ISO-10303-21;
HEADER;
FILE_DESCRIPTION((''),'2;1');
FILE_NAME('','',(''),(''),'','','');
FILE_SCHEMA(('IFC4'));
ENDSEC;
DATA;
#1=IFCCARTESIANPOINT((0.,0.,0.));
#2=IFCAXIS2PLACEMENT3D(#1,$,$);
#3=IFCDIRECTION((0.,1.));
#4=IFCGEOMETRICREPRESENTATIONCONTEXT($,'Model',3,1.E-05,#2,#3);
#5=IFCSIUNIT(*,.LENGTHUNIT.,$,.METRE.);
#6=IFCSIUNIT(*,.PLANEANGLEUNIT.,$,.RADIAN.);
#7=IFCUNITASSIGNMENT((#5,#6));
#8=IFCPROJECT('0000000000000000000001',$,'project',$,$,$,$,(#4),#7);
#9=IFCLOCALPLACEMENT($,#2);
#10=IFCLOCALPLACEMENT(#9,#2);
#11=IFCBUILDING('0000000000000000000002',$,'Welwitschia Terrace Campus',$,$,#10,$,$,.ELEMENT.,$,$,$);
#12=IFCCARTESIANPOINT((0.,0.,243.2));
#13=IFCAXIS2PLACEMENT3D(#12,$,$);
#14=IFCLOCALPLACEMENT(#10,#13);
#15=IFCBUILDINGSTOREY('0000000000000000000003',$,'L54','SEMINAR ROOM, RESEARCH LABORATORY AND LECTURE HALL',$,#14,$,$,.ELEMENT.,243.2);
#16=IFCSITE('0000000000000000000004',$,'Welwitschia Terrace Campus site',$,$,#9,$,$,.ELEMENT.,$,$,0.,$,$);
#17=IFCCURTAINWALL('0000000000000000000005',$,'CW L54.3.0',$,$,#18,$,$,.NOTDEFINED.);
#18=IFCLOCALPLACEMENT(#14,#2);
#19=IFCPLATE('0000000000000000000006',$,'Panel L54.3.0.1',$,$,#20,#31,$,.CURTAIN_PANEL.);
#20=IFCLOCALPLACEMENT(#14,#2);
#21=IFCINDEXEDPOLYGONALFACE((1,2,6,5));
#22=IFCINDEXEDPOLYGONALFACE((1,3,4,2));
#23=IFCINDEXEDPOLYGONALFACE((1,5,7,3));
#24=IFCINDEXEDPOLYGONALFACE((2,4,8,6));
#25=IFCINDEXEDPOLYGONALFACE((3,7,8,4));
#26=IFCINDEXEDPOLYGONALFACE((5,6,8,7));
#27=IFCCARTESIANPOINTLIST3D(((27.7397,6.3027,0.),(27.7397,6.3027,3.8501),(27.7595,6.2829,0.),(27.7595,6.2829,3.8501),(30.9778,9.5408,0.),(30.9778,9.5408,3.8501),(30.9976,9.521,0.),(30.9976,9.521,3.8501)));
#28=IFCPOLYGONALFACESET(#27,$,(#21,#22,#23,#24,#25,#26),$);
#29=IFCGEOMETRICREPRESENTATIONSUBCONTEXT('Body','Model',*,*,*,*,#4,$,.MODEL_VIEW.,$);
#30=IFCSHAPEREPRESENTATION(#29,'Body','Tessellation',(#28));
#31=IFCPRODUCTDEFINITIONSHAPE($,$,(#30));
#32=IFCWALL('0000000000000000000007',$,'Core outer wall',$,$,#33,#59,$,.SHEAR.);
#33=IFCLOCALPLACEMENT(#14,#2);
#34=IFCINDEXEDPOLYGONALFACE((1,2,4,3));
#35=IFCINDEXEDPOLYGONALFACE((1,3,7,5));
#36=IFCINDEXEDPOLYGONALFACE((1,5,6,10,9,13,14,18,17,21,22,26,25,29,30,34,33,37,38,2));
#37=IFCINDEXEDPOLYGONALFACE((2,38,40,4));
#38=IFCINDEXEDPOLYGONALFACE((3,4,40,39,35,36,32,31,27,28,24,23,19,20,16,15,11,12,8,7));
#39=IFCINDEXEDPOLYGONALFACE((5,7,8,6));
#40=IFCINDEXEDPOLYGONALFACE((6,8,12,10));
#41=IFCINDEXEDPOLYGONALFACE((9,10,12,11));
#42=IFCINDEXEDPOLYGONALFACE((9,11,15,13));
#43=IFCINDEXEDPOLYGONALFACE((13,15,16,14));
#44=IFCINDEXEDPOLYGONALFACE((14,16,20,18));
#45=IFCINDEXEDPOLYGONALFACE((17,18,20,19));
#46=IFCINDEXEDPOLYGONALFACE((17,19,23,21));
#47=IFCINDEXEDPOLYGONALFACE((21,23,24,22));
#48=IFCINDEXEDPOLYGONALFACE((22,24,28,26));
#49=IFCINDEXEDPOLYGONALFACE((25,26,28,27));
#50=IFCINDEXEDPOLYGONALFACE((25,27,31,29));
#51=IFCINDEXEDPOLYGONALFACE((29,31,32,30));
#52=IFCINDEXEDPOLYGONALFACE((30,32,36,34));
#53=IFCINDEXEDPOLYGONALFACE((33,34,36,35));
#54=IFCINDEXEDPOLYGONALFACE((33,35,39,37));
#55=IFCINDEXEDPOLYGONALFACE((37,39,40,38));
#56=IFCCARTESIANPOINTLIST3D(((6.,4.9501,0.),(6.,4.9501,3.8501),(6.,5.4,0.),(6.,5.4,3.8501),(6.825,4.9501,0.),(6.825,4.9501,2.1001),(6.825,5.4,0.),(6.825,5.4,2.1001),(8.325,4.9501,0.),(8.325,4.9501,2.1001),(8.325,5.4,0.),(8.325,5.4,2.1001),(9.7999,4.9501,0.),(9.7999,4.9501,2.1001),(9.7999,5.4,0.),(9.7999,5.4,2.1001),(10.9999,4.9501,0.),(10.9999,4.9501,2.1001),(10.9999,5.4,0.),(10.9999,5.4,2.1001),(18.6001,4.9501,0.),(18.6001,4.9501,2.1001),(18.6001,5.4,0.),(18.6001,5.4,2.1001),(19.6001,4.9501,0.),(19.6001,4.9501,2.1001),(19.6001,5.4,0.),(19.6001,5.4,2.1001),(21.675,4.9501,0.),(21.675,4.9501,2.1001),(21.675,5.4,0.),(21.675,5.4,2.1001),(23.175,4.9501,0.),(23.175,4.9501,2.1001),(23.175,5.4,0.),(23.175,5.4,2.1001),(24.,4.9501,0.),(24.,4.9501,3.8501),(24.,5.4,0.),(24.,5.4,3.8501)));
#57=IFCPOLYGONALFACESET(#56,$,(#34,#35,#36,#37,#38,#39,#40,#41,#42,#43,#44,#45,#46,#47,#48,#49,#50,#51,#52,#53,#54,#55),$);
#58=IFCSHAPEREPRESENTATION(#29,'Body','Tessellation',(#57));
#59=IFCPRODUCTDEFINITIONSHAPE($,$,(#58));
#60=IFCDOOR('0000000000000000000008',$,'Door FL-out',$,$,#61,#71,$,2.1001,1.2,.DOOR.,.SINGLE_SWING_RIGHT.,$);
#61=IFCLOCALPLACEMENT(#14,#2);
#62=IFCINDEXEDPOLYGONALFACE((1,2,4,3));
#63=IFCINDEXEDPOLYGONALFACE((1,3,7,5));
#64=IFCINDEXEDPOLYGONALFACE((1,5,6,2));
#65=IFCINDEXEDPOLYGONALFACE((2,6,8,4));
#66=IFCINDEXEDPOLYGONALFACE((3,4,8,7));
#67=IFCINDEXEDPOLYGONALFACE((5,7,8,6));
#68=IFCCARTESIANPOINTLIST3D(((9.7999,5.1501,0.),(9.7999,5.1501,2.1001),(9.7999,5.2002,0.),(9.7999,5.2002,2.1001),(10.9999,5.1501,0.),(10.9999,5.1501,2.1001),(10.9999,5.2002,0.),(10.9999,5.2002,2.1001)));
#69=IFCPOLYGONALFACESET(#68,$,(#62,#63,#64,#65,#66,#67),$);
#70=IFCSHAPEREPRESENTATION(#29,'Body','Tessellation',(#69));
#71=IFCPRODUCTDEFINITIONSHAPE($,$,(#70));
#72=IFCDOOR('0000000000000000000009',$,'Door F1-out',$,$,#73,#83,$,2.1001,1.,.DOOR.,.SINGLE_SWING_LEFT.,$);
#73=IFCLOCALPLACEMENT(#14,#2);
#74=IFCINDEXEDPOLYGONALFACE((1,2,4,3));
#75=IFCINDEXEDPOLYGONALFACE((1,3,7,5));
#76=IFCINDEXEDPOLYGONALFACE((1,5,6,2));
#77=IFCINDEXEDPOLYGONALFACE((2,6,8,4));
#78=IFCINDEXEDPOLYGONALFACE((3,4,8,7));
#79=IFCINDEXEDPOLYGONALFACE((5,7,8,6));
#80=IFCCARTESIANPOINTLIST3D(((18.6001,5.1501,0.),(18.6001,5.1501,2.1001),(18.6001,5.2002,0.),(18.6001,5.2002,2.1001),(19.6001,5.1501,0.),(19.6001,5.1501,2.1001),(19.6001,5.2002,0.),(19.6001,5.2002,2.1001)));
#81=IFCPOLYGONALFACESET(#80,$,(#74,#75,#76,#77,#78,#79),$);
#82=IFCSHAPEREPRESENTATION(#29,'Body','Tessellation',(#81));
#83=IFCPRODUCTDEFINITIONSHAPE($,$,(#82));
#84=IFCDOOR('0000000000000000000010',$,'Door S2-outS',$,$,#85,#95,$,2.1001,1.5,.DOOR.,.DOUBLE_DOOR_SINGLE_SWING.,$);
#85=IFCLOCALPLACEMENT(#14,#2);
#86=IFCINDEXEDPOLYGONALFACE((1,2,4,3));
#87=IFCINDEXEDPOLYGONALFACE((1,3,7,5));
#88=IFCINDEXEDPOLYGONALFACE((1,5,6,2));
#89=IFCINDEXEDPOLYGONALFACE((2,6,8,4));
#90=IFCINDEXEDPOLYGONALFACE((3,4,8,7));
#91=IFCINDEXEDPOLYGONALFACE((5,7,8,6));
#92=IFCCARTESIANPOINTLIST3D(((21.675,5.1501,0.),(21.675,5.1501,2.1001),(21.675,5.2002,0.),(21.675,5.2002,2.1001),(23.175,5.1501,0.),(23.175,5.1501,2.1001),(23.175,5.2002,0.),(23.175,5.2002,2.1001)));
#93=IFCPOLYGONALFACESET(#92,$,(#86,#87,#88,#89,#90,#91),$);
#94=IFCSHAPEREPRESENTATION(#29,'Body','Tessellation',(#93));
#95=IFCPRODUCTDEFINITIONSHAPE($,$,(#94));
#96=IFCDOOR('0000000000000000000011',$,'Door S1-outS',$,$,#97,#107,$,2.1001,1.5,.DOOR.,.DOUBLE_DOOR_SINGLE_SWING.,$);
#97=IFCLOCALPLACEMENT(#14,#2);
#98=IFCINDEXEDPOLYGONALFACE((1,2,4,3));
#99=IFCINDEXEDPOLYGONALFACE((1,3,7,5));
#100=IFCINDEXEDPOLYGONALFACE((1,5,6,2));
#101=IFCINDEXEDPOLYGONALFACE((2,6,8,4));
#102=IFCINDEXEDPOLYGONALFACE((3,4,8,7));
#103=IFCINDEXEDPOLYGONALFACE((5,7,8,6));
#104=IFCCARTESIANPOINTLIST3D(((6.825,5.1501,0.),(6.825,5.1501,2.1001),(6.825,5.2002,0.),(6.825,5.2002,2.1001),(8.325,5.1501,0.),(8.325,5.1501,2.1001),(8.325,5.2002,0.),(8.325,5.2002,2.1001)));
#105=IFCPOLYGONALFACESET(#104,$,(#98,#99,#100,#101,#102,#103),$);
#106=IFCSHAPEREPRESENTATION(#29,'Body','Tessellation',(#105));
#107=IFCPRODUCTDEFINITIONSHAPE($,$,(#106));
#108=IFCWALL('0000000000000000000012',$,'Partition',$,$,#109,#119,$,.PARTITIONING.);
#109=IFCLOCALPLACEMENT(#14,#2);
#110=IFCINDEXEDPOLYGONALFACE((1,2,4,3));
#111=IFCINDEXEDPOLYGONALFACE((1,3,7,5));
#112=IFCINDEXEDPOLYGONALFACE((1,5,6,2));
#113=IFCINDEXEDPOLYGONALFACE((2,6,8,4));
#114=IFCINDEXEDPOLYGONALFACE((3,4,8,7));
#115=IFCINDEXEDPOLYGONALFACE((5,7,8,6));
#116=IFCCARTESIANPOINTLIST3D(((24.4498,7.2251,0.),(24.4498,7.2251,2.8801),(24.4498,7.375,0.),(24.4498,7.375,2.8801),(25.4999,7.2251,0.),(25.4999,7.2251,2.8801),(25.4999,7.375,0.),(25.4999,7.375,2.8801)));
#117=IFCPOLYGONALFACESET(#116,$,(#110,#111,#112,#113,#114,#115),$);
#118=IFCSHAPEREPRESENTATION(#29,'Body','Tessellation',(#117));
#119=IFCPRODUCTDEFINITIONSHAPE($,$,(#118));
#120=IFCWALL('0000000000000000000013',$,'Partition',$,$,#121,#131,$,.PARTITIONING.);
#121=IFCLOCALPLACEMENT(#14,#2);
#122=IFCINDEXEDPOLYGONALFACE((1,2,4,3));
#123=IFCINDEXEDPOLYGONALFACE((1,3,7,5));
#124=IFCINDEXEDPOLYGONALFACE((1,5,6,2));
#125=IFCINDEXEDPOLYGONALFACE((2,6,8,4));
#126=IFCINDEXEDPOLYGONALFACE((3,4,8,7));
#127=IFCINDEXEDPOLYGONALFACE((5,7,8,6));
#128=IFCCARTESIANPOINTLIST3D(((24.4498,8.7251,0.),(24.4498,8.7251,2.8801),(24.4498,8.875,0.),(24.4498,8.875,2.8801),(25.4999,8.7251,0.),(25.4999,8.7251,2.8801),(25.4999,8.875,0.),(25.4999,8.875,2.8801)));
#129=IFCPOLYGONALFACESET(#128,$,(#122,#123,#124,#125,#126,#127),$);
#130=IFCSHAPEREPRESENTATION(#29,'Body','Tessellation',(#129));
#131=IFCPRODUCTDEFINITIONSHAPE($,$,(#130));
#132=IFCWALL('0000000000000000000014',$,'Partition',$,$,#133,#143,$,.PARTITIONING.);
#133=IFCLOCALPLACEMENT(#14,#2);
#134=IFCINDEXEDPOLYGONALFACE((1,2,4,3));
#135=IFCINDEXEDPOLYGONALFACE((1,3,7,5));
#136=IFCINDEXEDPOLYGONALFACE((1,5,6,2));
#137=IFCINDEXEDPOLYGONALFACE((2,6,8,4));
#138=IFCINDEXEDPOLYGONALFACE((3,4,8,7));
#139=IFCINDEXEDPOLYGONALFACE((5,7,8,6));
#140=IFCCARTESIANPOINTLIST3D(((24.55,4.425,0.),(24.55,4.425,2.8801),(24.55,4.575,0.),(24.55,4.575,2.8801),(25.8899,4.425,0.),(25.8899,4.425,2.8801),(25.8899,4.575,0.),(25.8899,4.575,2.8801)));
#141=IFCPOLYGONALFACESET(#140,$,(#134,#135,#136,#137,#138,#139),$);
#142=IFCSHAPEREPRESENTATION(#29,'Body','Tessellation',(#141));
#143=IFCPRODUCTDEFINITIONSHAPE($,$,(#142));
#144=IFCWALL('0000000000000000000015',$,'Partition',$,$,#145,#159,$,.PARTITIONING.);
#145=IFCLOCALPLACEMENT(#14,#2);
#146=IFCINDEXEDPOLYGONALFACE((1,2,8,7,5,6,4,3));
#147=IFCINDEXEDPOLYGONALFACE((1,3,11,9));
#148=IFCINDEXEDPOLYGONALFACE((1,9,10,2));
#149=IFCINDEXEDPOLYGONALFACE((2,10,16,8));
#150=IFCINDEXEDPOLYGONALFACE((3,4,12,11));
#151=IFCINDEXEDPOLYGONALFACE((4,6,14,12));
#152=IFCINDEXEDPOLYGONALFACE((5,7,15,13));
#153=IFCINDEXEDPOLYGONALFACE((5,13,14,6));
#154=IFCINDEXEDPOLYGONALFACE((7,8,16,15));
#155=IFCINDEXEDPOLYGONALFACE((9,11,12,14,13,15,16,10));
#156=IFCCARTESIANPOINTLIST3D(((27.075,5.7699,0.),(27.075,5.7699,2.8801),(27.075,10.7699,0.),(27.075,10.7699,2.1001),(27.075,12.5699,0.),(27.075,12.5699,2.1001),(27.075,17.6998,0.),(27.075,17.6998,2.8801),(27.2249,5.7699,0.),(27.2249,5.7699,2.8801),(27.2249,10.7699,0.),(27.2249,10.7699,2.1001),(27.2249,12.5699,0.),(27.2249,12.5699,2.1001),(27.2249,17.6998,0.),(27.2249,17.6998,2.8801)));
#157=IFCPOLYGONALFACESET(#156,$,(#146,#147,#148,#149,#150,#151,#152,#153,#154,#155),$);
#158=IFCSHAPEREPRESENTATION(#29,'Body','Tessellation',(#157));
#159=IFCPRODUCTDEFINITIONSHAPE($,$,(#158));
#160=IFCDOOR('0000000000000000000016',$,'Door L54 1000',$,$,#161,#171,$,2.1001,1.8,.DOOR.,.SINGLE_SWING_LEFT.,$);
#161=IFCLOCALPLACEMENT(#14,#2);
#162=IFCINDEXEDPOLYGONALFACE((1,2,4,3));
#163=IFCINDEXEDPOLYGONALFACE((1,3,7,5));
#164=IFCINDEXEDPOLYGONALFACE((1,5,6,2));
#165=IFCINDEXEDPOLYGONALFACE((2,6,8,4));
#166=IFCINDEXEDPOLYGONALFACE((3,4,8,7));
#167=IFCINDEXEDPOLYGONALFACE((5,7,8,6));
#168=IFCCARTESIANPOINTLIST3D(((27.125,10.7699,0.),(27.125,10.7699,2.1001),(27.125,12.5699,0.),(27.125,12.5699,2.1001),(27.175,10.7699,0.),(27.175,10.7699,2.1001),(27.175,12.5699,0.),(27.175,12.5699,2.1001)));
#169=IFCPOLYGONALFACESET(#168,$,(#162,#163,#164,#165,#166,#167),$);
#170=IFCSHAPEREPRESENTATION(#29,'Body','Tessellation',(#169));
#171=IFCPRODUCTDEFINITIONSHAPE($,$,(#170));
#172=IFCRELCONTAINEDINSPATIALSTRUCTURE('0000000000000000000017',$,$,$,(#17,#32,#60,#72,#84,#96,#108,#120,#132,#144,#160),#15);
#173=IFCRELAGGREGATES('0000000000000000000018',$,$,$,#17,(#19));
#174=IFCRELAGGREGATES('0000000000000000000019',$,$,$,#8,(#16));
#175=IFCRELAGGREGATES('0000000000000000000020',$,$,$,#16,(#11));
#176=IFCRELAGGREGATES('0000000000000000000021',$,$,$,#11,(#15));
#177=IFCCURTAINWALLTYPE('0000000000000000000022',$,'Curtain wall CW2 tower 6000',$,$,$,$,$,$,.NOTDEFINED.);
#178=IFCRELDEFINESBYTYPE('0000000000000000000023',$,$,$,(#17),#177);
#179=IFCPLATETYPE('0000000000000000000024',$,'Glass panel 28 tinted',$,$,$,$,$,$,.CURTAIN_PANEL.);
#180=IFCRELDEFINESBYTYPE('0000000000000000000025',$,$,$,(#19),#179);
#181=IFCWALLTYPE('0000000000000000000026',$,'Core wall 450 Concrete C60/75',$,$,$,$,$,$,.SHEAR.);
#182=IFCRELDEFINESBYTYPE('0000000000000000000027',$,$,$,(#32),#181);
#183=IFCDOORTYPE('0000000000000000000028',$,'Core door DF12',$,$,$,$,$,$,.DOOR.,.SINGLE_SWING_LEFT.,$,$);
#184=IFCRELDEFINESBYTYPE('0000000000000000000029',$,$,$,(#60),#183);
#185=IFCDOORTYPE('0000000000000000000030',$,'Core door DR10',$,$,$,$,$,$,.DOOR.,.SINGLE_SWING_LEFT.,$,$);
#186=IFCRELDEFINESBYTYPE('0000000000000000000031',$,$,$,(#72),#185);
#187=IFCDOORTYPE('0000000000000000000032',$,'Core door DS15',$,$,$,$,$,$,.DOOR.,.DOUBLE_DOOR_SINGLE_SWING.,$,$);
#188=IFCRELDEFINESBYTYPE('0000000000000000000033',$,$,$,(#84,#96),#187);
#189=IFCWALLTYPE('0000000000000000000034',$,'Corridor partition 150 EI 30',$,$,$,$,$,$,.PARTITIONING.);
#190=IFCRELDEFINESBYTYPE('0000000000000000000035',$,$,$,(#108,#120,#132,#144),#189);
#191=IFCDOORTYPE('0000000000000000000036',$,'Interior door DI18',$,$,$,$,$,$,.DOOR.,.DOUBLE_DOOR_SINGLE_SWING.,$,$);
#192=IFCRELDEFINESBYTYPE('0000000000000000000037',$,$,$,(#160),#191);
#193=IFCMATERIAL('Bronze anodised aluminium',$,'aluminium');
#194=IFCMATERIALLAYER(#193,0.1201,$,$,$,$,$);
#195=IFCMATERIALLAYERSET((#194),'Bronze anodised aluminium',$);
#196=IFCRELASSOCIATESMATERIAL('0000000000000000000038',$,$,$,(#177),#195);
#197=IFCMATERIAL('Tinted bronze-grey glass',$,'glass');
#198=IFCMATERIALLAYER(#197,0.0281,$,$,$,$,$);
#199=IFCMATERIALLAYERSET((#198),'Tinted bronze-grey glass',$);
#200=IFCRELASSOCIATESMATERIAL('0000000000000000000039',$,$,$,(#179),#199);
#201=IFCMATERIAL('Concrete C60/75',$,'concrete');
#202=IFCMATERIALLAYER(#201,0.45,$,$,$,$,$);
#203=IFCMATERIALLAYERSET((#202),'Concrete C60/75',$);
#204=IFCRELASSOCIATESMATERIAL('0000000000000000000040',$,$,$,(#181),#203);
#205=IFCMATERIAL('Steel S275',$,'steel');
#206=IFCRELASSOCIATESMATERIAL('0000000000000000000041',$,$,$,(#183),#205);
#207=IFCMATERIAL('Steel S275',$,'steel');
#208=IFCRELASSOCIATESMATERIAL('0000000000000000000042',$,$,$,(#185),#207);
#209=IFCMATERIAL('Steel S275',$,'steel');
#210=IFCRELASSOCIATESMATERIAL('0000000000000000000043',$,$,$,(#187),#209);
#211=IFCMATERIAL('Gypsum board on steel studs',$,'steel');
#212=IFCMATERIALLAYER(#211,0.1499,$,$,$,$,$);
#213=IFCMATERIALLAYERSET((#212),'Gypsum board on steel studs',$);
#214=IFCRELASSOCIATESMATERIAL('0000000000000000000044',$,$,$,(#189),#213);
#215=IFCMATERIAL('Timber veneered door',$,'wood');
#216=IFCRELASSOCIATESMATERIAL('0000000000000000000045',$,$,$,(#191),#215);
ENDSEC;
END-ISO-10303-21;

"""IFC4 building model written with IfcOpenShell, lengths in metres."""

from ifc_helpers import new_model, si_unit, direction, frame, frame_2d, origin, origin_2d, place, context, subcontext, project, spatial, rectangle, extrude, material, layer, layer_set, type_object, element, fill, aggregate, save


model = new_model("IFC4")

# Units and contexts
model_context = context("Model", 3, precision=1e-05, world=origin(), true_north=direction((0.0, 1.0)))
body_context = subcontext(model_context, "Body", "Model", "MODEL_VIEW")
ifc_project = project(units=[si_unit("LENGTHUNIT", "METRE"), si_unit("PLANEANGLEUNIT", "RADIAN")], contexts=[model_context])

# Site, building, storey
site_placement = place(None, origin())
site = spatial("IfcSite", under=ifc_project, at=site_placement, Name="Welwitschia Terrace Campus site", CompositionType="ELEMENT", RefElevation=0.0)
building_placement = place(site_placement, origin())
building = spatial("IfcBuilding", under=site, at=building_placement, Name="Welwitschia Terrace Campus", CompositionType="ELEMENT")
storey_placement = place(building_placement, frame((0.0, 0.0, 243.2)))
storey = spatial("IfcBuildingStorey", under=building, at=storey_placement, Name="L54", Description="SEMINAR ROOM, RESEARCH LABORATORY AND LECTURE HALL", CompositionType="ELEMENT", Elevation=243.2)

# Curtain wall
ifc_material_1 = material(Name="Bronze anodised aluminium", Category="aluminium")
ifc_layer_1 = layer(ifc_material_1, 0.1201)
ifc_layer_set_1 = layer_set([ifc_layer_1], Name="Bronze anodised aluminium")
curtain_wall_type = type_object("IfcCurtainWallType", Name="Curtain wall CW2 tower 6000", PredefinedType="NOTDEFINED", material=ifc_layer_set_1)
curtain_wall_placement = place(storey_placement, origin())
curtain_wall = element("IfcCurtainWall", 1, at=curtain_wall_placement, inside=storey, type_object=curtain_wall_type, Name="CW L54.3.0", PredefinedType="NOTDEFINED")

# Plate
ifc_material_2 = material(Name="Tinted bronze-grey glass", Category="glass")
ifc_layer_2 = layer(ifc_material_2, 0.0281)
ifc_layer_set_2 = layer_set([ifc_layer_2], Name="Tinted bronze-grey glass")
plate_type = type_object("IfcPlateType", Name="Glass panel 28 tinted", PredefinedType="CURTAIN_PANEL", material=ifc_layer_set_2)
plate_1_placement = place(storey_placement, frame((29.3687, 7.9119, 0.0), z_axis=(0.0, 0.0, 1.0), x_axis=(0.707107, 0.707107, 0.0)))
plate_1 = element("IfcPlate", 2, at=plate_1_placement, type_object=plate_type, Name="Panel L54.3.0.1", PredefinedType="CURTAIN_PANEL", context=body_context, shape_type="SweptSolid", body=[
    extrude(rectangle(XDim=4.5793, YDim=0.0281, at=origin_2d()), origin(), (0.0, 0.0, 1.0), 3.8501),
])
aggregate(curtain_wall, [plate_1])

# Wall, openings, doors
ifc_material_3 = material(Name="Concrete C60/75", Category="concrete")
ifc_layer_3 = layer(ifc_material_3, 0.45)
ifc_layer_set_3 = layer_set([ifc_layer_3], Name="Concrete C60/75")
wall_type_1 = type_object("IfcWallType", Name="Core wall 450 Concrete C60/75", PredefinedType="SHEAR", material=ifc_layer_set_3)
wall_1_placement = place(storey_placement, frame((24.0, 5.175, 0.0), z_axis=(0.0, 0.0, 1.0), x_axis=(-1.0, 0.0, 0.0)))
wall_1 = element("IfcWall", 3, at=wall_1_placement, inside=storey, type_object=wall_type_1, Name="Core outer wall", PredefinedType="SHEAR", context=body_context, shape_type="SweptSolid", body=[
    extrude(rectangle(XDim=18.0, YDim=0.45, at=frame_2d((9.0, 0.0))), origin(), (0.0, 0.0, 1.0), 3.8501),
])
opening_1_placement = place(wall_1_placement, frame((0.825, 0.0, 0.0)))
opening_1 = element("IfcOpeningElement", 4, at=opening_1_placement, cuts=wall_1, PredefinedType="OPENING", context=body_context, shape_type="SweptSolid", body=[
    extrude(rectangle(XDim=1.5, YDim=2.1001, at=frame_2d((0.75, 1.05))), frame((0.0, 0.2349, 0.0), z_axis=(0.0, -1.0, 0.0), x_axis=(1.0, 0.0, 0.0)), (0.0, 0.0, 1.0), 0.47),
])
opening_2_placement = place(wall_1_placement, frame((15.675, 0.0, 0.0)))
opening_2 = element("IfcOpeningElement", 5, at=opening_2_placement, cuts=wall_1, PredefinedType="OPENING", context=body_context, shape_type="SweptSolid", body=[
    extrude(rectangle(XDim=1.5, YDim=2.1001, at=frame_2d((0.75, 1.05))), frame((0.0, 0.2349, 0.0), z_axis=(0.0, -1.0, 0.0), x_axis=(1.0, 0.0, 0.0)), (0.0, 0.0, 1.0), 0.47),
])
opening_3_placement = place(wall_1_placement, frame((13.0, 0.0, 0.0)))
opening_3 = element("IfcOpeningElement", 6, at=opening_3_placement, cuts=wall_1, PredefinedType="OPENING", context=body_context, shape_type="SweptSolid", body=[
    extrude(rectangle(XDim=1.2, YDim=2.1001, at=frame_2d((0.6001, 1.05))), frame((0.0, 0.2349, 0.0), z_axis=(0.0, -1.0, 0.0), x_axis=(1.0, 0.0, 0.0)), (0.0, 0.0, 1.0), 0.47),
])
opening_4_placement = place(wall_1_placement, frame((4.3999, 0.0, 0.0)))
opening_4 = element("IfcOpeningElement", 7, at=opening_4_placement, cuts=wall_1, PredefinedType="OPENING", context=body_context, shape_type="SweptSolid", body=[
    extrude(rectangle(XDim=1.0, YDim=2.1001, at=frame_2d((0.5, 1.05))), frame((0.0, 0.2349, 0.0), z_axis=(0.0, -1.0, 0.0), x_axis=(1.0, 0.0, 0.0)), (0.0, 0.0, 1.0), 0.47),
])
ifc_material_4 = material(Name="Steel S275", Category="steel")
door_type_1 = type_object("IfcDoorType", Name="Core door DF12", OperationType="SINGLE_SWING_LEFT", PredefinedType="DOOR", material=ifc_material_4)
door_1_placement = place(opening_3_placement, origin())
door_1 = element("IfcDoor", 8, at=door_1_placement, inside=storey, type_object=door_type_1, Name="Door FL-out", OperationType="SINGLE_SWING_RIGHT", OverallHeight=2.1001, OverallWidth=1.2, PredefinedType="DOOR", context=body_context, shape_type="SweptSolid", body=[
    extrude(rectangle(XDim=1.2, YDim=2.1001, at=frame_2d((0.6001, 1.05))), frame((0.0, 0.0249, 0.0), z_axis=(0.0, -1.0, 0.0), x_axis=(1.0, 0.0, 0.0)), (0.0, 0.0, 1.0), 0.05),
])
fill(opening_3, door_1)
ifc_material_5 = material(Name="Steel S275", Category="steel")
door_type_2 = type_object("IfcDoorType", Name="Core door DR10", OperationType="SINGLE_SWING_LEFT", PredefinedType="DOOR", material=ifc_material_5)
door_2_placement = place(opening_4_placement, origin())
door_2 = element("IfcDoor", 9, at=door_2_placement, inside=storey, type_object=door_type_2, Name="Door F1-out", OperationType="SINGLE_SWING_LEFT", OverallHeight=2.1001, OverallWidth=1.0, PredefinedType="DOOR", context=body_context, shape_type="SweptSolid", body=[
    extrude(rectangle(XDim=1.0, YDim=2.1001, at=frame_2d((0.5, 1.05))), frame((0.0, 0.0249, 0.0), z_axis=(0.0, -1.0, 0.0), x_axis=(1.0, 0.0, 0.0)), (0.0, 0.0, 1.0), 0.05),
])
fill(opening_4, door_2)
ifc_material_6 = material(Name="Steel S275", Category="steel")
door_type_3 = type_object("IfcDoorType", Name="Core door DS15", OperationType="DOUBLE_DOOR_SINGLE_SWING", PredefinedType="DOOR", material=ifc_material_6)
door_3_placement = place(opening_1_placement, origin())
door_3 = element("IfcDoor", 10, at=door_3_placement, inside=storey, type_object=door_type_3, Name="Door S2-outS", OperationType="DOUBLE_DOOR_SINGLE_SWING", OverallHeight=2.1001, OverallWidth=1.5, PredefinedType="DOOR", context=body_context, shape_type="SweptSolid", body=[
    extrude(rectangle(XDim=1.5, YDim=2.1001, at=frame_2d((0.75, 1.05))), frame((0.0, 0.0249, 0.0), z_axis=(0.0, -1.0, 0.0), x_axis=(1.0, 0.0, 0.0)), (0.0, 0.0, 1.0), 0.05),
])
fill(opening_1, door_3)
door_4_placement = place(opening_2_placement, origin())
door_4 = element("IfcDoor", 11, at=door_4_placement, inside=storey, type_object=door_type_3, Name="Door S1-outS", OperationType="DOUBLE_DOOR_SINGLE_SWING", OverallHeight=2.1001, OverallWidth=1.5, PredefinedType="DOOR", context=body_context, shape_type="SweptSolid", body=[
    extrude(rectangle(XDim=1.5, YDim=2.1001, at=frame_2d((0.75, 1.05))), frame((0.0, 0.0249, 0.0), z_axis=(0.0, -1.0, 0.0), x_axis=(1.0, 0.0, 0.0)), (0.0, 0.0, 1.0), 0.05),
])
fill(opening_2, door_4)

# Walls
ifc_material_7 = material(Name="Gypsum board on steel studs", Category="steel")
ifc_layer_4 = layer(ifc_material_7, 0.1499)
ifc_layer_set_4 = layer_set([ifc_layer_4], Name="Gypsum board on steel studs")
wall_type_2 = type_object("IfcWallType", Name="Corridor partition 150 EI 30", PredefinedType="PARTITIONING", material=ifc_layer_set_4)
for number, where, z_axis, x_axis, name in (
    (12, (24.45, 7.3, 0.0), (0.0, 0.0, 1.0), (1.0, 0.0, 0.0), "Partition"),
    (13, (24.45, 8.8, 0.0), (0.0, 0.0, 1.0), (1.0, 0.0, 0.0), "Partition"),
):
    element("IfcWall", number, at=place(storey_placement, frame(where, z_axis=z_axis, x_axis=x_axis)), inside=storey, type_object=wall_type_2, Name=name, PredefinedType="PARTITIONING", context=body_context, shape_type="SweptSolid", body=[
        extrude(rectangle(XDim=1.05, YDim=0.1499, at=frame_2d((0.5249, 0.0))), origin(), (0.0, 0.0, 1.0), 2.8801),
    ])
wall_2_placement = place(storey_placement, frame((24.55, 4.5, 0.0), z_axis=(0.0, 0.0, 1.0), x_axis=(1.0, 0.0, 0.0)))
element("IfcWall", 14, at=wall_2_placement, inside=storey, type_object=wall_type_2, Name="Partition", PredefinedType="PARTITIONING", context=body_context, shape_type="SweptSolid", body=[
    extrude(rectangle(XDim=1.3398, YDim=0.1499, at=frame_2d((0.6699, 0.0))), origin(), (0.0, 0.0, 1.0), 2.8801),
])

# Wall, opening, door
wall_3_placement = place(storey_placement, frame((27.1499, 5.77, 0.0), z_axis=(0.0, 0.0, 1.0), x_axis=(0.0, 1.0, 0.0)))
wall_3 = element("IfcWall", 15, at=wall_3_placement, inside=storey, type_object=wall_type_2, Name="Partition", PredefinedType="PARTITIONING", context=body_context, shape_type="SweptSolid", body=[
    extrude(rectangle(XDim=11.9299, YDim=0.1499, at=frame_2d((5.9648, 0.0))), origin(), (0.0, 0.0, 1.0), 2.8801),
])
opening_5_placement = place(wall_3_placement, frame((5.0, 0.0, 0.0)))
opening_5 = element("IfcOpeningElement", 16, at=opening_5_placement, cuts=wall_3, PredefinedType="OPENING", context=body_context, shape_type="SweptSolid", body=[
    extrude(rectangle(XDim=1.8, YDim=2.1001, at=frame_2d((0.8999, 1.05))), frame((0.0, 0.085, 0.0), z_axis=(0.0, -1.0, 0.0), x_axis=(1.0, 0.0, 0.0)), (0.0, 0.0, 1.0), 0.1699),
])
ifc_material_8 = material(Name="Timber veneered door", Category="wood")
door_type_4 = type_object("IfcDoorType", Name="Interior door DI18", OperationType="DOUBLE_DOOR_SINGLE_SWING", PredefinedType="DOOR", material=ifc_material_8)
door_5_placement = place(opening_5_placement, origin())
door_5 = element("IfcDoor", 17, at=door_5_placement, inside=storey, type_object=door_type_4, Name="Door L54 1000", OperationType="SINGLE_SWING_LEFT", OverallHeight=2.1001, OverallWidth=1.8, PredefinedType="DOOR", context=body_context, shape_type="SweptSolid", body=[
    extrude(rectangle(XDim=1.8, YDim=2.1001, at=frame_2d((0.8999, 1.05))), frame((0.0, 0.0249, 0.0), z_axis=(0.0, -1.0, 0.0), x_axis=(1.0, 0.0, 0.0)), (0.0, 0.0, 1.0), 0.05),
])
fill(opening_5, door_5)

save(model, "model.ifc")
